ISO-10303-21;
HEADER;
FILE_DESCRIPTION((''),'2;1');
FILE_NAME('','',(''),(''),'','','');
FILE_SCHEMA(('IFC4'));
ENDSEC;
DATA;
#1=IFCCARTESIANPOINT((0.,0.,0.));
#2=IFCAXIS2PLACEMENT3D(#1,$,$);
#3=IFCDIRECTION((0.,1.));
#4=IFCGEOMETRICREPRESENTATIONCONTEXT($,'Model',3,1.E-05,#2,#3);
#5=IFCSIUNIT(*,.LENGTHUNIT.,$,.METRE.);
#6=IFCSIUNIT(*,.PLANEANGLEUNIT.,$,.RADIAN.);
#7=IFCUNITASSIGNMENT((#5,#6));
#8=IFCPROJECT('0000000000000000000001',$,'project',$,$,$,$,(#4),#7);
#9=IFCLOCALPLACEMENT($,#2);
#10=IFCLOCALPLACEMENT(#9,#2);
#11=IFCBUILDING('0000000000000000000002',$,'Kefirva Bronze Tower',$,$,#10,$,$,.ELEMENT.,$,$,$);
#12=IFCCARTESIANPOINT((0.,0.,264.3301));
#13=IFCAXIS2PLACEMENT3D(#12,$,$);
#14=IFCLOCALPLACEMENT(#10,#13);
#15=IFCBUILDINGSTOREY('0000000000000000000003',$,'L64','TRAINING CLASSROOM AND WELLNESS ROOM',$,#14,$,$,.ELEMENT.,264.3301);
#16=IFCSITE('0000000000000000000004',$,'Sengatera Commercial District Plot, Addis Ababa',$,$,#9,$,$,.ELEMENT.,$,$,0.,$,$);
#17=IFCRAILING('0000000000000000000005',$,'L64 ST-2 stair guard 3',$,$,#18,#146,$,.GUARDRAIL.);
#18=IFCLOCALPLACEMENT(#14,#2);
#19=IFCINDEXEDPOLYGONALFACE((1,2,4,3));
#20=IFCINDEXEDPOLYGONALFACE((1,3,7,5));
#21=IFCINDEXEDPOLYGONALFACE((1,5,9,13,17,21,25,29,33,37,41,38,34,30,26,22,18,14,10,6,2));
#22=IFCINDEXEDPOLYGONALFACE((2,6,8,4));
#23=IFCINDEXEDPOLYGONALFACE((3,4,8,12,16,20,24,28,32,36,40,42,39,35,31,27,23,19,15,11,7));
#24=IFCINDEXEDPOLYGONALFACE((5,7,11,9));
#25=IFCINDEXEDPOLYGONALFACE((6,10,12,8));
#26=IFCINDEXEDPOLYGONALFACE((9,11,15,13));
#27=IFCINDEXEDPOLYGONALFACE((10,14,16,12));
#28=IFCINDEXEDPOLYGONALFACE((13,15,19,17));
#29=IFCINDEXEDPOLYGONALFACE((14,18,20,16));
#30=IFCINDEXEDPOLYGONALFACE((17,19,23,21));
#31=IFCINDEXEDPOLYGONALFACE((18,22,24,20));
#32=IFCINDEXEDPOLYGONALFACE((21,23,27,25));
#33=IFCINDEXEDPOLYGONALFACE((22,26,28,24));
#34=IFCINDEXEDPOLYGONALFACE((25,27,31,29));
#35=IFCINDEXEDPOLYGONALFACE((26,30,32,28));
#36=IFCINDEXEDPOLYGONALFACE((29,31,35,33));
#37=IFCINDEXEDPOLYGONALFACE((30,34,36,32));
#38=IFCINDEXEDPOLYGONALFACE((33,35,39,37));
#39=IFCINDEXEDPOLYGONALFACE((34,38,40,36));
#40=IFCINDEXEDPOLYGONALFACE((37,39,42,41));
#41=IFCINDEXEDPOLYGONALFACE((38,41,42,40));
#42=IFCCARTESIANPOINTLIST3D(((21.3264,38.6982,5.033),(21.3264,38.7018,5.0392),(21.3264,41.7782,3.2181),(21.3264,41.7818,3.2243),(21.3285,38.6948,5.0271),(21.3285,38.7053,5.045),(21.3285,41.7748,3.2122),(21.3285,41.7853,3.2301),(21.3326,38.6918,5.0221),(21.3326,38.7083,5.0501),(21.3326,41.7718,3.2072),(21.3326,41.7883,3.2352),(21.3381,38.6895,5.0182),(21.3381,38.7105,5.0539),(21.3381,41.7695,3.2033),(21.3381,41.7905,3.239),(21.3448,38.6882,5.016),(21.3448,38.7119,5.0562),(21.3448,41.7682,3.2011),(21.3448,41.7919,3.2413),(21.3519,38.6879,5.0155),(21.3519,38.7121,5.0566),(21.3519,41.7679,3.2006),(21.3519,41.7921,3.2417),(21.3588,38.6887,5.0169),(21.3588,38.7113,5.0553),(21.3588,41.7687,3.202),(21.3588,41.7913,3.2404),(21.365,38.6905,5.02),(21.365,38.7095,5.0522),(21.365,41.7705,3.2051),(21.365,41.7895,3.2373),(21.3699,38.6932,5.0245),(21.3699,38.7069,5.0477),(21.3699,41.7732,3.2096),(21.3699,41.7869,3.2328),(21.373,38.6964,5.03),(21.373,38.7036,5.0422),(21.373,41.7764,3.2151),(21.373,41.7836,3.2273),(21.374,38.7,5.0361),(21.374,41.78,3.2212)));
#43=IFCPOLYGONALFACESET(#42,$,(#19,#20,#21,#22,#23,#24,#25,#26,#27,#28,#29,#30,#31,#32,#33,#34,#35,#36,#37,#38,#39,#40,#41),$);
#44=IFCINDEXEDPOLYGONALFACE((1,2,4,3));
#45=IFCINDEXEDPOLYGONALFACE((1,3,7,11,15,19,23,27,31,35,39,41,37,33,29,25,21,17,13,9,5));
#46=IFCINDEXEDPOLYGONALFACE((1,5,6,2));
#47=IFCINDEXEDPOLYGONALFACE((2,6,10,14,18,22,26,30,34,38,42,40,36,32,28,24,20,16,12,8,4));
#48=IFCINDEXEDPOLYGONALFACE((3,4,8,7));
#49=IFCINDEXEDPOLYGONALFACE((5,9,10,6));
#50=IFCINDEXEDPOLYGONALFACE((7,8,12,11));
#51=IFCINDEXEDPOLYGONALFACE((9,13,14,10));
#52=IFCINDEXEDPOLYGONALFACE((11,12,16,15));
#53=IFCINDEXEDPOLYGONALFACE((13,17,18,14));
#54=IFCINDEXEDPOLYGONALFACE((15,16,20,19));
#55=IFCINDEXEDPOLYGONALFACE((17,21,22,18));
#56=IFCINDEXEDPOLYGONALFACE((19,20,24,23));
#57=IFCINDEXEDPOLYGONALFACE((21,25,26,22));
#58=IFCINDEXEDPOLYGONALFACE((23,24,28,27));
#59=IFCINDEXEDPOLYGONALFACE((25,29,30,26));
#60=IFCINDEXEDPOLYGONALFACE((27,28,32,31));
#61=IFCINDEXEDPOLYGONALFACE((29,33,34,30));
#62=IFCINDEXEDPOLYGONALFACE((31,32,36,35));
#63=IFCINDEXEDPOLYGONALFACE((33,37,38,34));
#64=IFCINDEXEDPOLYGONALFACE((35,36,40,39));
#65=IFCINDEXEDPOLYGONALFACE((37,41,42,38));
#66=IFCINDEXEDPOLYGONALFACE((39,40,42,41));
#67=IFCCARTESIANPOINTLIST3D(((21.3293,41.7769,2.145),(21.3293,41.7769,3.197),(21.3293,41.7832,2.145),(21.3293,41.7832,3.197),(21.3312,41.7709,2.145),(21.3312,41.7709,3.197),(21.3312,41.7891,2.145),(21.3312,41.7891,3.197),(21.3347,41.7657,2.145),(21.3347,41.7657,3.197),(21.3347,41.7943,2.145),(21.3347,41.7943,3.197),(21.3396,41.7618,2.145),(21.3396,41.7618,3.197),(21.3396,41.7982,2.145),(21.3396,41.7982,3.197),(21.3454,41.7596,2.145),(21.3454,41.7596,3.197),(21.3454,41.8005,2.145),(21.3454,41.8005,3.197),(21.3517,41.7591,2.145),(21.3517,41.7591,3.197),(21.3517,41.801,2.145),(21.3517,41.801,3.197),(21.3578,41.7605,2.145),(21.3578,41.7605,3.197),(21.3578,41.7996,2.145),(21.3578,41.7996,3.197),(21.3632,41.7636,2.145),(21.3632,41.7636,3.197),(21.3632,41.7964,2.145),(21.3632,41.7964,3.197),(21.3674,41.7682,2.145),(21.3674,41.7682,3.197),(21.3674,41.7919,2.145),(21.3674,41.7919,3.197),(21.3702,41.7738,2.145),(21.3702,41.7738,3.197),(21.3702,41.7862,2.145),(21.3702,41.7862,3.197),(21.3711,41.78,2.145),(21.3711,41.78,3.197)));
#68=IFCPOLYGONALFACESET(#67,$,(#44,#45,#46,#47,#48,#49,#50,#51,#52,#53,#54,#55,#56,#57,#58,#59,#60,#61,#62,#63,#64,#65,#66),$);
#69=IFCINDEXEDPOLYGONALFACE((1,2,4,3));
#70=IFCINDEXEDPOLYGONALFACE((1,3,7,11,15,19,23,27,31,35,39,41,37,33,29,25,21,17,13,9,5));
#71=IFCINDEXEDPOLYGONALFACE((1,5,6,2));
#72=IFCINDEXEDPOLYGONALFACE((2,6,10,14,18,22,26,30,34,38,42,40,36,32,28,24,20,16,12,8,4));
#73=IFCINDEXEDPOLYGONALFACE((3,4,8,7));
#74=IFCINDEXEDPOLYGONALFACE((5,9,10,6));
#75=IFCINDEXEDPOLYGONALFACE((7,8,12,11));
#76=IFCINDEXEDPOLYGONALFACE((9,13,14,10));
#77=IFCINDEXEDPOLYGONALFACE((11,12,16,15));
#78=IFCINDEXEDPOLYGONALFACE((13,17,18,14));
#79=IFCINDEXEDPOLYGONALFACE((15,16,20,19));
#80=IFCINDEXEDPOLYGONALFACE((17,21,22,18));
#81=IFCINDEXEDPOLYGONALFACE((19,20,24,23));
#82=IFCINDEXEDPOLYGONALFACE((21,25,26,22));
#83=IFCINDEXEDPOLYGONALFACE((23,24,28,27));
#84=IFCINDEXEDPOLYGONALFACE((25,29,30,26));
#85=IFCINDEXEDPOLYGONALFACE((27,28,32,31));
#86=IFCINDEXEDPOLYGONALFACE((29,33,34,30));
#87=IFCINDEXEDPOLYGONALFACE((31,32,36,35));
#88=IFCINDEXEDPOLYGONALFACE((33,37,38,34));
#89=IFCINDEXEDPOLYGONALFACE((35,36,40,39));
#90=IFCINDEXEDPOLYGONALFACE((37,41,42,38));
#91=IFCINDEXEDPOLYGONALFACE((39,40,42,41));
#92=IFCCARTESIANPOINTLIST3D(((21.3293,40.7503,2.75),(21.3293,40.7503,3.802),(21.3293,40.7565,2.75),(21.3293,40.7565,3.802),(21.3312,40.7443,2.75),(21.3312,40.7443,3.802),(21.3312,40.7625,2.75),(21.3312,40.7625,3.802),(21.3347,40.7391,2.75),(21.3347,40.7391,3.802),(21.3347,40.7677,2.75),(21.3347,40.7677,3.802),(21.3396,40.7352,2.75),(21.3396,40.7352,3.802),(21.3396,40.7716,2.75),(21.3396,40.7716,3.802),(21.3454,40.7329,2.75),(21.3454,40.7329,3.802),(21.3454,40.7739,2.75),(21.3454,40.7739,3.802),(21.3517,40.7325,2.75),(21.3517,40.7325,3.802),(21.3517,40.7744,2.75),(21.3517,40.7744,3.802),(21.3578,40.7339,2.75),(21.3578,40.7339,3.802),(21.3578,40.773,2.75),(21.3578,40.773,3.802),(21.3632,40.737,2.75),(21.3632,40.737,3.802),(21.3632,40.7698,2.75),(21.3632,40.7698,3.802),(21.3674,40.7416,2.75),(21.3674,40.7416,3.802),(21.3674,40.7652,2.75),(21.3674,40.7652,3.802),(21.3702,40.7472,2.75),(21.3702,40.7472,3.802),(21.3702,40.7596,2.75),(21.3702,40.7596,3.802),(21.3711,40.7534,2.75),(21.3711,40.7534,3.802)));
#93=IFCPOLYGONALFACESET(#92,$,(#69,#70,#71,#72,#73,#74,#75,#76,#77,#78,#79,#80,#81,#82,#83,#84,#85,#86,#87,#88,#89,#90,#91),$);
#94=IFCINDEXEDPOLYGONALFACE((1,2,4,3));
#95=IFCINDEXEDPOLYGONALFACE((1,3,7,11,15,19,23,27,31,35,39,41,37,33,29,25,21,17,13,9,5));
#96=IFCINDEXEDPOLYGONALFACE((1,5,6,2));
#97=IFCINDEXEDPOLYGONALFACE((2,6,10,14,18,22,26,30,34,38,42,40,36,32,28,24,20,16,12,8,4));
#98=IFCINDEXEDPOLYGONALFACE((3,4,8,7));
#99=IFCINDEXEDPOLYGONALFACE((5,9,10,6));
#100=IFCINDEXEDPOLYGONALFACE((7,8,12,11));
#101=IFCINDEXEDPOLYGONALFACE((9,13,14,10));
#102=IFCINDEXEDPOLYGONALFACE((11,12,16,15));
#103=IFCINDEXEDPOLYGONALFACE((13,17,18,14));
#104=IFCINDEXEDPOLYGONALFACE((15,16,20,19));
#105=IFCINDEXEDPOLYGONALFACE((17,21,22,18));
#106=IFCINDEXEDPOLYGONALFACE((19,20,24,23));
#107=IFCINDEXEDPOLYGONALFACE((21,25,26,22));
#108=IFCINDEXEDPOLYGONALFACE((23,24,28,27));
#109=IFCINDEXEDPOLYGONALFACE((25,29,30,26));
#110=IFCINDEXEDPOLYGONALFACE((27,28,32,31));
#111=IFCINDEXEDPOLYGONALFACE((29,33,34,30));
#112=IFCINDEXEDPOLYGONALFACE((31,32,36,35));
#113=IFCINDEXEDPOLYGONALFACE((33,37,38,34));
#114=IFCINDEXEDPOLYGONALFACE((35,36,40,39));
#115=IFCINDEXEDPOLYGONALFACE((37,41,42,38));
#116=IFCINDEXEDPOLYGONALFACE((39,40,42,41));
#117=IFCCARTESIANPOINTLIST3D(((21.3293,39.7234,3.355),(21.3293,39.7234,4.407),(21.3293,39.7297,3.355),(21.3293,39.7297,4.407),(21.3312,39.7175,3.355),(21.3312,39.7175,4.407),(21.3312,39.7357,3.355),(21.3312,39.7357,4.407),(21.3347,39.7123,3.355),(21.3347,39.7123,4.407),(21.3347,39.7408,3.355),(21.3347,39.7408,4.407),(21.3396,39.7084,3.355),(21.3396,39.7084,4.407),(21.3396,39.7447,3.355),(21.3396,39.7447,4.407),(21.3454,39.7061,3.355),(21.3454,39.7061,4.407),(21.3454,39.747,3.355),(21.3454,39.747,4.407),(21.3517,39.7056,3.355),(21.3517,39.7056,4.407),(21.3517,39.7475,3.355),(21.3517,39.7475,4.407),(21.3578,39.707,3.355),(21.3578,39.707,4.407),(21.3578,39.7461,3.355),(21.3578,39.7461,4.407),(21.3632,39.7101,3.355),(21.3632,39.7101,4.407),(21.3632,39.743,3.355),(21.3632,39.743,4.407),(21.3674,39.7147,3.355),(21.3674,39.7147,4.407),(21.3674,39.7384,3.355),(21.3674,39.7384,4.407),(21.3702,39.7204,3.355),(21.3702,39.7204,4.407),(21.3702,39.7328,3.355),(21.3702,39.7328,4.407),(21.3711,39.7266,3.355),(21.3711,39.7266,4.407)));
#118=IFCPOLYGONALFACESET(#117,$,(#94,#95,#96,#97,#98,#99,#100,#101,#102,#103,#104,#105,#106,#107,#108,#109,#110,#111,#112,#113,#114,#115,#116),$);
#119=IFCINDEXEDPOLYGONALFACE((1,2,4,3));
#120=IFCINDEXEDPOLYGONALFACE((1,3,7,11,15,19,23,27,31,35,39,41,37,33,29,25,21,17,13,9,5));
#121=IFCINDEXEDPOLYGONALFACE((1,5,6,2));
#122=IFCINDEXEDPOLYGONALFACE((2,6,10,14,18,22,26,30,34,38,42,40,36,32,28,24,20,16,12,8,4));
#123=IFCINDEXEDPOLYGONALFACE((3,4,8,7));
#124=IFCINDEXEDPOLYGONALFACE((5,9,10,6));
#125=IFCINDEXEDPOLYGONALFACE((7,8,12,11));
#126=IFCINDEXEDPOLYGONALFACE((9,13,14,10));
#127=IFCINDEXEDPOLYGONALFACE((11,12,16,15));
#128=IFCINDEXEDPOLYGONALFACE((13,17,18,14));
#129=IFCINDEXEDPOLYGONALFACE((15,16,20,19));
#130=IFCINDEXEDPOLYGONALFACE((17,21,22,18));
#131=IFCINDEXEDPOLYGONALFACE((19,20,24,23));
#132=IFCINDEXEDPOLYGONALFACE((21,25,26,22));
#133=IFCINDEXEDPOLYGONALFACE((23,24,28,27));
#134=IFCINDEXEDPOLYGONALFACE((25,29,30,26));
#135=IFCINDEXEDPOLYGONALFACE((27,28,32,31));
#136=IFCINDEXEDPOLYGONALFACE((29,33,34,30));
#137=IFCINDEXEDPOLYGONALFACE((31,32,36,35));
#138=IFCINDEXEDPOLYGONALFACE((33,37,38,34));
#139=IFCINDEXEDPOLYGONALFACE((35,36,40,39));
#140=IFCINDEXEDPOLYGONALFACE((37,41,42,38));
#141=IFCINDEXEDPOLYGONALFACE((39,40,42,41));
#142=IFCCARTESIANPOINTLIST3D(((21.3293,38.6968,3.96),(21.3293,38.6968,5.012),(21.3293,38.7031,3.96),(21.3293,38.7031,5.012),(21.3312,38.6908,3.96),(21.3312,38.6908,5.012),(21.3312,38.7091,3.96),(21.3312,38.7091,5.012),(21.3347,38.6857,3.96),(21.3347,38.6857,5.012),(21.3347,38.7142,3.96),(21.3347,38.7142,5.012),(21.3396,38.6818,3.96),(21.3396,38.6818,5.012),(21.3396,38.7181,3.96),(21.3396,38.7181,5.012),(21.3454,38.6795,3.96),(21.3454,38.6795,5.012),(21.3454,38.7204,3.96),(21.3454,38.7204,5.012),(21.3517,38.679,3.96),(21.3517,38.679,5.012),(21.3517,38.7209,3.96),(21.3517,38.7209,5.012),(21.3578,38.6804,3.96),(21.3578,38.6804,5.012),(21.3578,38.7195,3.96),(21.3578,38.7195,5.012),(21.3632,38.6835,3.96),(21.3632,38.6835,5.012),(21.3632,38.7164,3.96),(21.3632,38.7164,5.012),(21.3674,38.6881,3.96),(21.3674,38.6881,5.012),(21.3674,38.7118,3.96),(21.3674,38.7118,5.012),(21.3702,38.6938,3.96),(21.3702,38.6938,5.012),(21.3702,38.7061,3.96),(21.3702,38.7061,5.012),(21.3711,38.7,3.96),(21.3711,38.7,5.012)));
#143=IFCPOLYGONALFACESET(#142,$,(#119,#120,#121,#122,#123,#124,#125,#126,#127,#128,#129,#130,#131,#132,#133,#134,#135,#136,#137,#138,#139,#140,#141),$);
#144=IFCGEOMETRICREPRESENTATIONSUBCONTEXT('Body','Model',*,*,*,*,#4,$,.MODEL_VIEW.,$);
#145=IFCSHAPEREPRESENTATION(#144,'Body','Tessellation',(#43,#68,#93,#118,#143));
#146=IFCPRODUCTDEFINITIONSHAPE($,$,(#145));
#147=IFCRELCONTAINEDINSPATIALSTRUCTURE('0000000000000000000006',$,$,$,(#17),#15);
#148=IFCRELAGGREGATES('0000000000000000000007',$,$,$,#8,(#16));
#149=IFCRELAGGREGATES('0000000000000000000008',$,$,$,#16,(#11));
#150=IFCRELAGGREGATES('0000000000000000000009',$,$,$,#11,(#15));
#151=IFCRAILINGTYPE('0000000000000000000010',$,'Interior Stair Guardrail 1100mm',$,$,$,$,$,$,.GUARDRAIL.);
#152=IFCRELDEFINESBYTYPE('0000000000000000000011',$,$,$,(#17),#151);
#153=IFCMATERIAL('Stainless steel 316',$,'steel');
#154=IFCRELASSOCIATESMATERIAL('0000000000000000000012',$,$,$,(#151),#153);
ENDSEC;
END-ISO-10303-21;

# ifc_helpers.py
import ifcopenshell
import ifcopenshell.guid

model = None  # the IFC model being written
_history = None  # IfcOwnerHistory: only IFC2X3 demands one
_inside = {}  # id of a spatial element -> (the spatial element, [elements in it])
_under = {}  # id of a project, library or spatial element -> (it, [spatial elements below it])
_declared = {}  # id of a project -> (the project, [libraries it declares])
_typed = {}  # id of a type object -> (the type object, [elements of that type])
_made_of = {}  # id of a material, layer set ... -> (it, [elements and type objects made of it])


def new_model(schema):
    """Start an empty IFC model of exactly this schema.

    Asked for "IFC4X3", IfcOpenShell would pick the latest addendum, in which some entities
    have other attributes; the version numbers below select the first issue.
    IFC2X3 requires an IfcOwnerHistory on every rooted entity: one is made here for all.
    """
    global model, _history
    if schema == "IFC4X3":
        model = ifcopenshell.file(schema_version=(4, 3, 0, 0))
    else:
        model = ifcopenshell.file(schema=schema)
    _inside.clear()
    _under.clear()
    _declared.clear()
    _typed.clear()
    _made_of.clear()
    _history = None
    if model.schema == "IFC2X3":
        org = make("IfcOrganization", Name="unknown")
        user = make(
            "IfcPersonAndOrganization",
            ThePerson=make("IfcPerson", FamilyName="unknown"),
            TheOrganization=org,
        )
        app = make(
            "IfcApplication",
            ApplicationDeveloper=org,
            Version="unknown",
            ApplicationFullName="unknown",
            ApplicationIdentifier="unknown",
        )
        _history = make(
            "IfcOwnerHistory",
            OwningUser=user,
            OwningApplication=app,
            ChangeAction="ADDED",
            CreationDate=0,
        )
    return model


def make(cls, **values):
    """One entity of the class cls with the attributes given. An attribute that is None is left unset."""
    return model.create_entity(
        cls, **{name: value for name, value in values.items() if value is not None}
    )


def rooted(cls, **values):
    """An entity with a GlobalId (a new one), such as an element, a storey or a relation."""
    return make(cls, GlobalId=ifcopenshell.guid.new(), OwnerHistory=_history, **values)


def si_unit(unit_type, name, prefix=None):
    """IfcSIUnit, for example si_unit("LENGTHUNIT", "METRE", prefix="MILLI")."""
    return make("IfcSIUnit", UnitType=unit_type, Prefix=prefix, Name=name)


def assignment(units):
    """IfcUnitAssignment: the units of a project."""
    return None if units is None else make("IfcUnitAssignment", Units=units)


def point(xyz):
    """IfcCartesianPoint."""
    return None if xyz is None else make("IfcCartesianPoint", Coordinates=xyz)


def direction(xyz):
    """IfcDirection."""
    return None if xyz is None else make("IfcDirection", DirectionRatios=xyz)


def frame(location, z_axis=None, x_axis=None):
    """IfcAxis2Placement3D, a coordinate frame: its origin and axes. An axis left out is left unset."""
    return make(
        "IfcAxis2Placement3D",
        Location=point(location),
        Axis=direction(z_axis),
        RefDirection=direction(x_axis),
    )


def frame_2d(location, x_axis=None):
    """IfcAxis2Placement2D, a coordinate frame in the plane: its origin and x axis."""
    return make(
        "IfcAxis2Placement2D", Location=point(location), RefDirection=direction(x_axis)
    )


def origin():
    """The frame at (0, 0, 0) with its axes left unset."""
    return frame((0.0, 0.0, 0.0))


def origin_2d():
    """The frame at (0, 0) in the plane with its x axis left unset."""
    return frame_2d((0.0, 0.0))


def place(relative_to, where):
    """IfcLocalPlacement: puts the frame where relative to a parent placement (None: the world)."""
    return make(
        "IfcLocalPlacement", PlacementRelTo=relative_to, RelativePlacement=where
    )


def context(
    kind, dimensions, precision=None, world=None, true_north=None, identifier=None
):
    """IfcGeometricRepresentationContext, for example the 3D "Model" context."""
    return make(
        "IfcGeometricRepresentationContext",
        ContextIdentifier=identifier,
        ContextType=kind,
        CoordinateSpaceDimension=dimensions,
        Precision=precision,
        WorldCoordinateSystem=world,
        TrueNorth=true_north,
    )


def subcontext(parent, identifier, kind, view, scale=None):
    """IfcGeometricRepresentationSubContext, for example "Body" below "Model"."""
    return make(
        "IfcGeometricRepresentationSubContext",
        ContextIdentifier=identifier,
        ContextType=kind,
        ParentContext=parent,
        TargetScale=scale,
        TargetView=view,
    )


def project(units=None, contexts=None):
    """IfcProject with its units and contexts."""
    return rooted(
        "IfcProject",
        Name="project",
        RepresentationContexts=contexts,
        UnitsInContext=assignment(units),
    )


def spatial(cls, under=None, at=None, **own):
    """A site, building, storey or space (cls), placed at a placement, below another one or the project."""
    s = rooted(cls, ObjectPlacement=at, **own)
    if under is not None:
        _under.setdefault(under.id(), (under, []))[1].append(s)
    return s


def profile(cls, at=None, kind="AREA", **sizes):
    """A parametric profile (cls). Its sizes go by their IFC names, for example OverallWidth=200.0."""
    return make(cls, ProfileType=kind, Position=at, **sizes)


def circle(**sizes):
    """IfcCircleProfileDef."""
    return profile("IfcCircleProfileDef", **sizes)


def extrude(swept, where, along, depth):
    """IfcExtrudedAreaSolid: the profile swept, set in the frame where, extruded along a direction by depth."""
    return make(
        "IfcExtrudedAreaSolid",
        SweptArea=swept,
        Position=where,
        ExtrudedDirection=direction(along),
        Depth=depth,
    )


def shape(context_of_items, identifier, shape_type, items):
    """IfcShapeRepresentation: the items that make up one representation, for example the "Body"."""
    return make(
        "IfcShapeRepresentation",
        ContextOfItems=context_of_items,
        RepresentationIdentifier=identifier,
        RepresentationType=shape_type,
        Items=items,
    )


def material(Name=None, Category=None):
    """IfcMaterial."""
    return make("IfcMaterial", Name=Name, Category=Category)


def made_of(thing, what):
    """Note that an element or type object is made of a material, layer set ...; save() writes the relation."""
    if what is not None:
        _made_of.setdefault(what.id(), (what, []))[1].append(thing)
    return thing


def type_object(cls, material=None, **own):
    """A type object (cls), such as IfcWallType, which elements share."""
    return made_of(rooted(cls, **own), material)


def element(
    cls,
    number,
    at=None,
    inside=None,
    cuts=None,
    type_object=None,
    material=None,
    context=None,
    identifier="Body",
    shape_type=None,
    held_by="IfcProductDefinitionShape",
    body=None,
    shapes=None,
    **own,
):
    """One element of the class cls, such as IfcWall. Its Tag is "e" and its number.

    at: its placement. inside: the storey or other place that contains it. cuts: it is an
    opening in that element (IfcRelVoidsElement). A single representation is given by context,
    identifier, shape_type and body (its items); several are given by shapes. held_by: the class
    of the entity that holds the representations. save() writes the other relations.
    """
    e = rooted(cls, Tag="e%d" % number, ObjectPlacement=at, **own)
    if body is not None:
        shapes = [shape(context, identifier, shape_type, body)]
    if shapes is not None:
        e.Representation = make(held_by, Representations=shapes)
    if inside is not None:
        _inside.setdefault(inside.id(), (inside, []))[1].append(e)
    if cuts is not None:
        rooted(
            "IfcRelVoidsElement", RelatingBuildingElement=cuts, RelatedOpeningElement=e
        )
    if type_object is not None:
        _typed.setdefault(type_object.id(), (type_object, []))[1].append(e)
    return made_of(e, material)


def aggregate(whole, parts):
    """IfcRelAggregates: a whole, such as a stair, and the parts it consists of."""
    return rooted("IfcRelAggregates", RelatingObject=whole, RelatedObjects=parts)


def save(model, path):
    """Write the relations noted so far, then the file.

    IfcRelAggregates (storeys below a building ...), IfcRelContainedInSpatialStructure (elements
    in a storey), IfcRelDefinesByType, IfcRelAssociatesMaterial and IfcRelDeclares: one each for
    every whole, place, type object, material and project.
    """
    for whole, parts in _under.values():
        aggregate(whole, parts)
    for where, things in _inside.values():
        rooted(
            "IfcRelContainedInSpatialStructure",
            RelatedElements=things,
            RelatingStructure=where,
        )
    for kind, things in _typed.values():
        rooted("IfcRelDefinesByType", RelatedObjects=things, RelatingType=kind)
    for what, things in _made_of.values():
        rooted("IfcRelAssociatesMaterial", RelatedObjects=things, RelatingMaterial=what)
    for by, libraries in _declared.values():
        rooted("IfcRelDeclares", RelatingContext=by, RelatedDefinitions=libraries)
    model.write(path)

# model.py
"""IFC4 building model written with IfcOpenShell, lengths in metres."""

from ifc_helpers import new_model, si_unit, direction, frame, origin, origin_2d, place, context, subcontext, project, spatial, circle, extrude, material, type_object, element, save


model = new_model("IFC4")

# Units and contexts
model_context = context("Model", 3, precision=1e-05, world=origin(), true_north=direction((0.0, 1.0)))
body_context = subcontext(model_context, "Body", "Model", "MODEL_VIEW")
ifc_project = project(units=[si_unit("LENGTHUNIT", "METRE"), si_unit("PLANEANGLEUNIT", "RADIAN")], contexts=[model_context])

# Site, building, storey
site_placement = place(None, origin())
site = spatial("IfcSite", under=ifc_project, at=site_placement, Name="Sengatera Commercial District Plot, Addis Ababa", CompositionType="ELEMENT", RefElevation=0.0)
building_placement = place(site_placement, origin())
building = spatial("IfcBuilding", under=site, at=building_placement, Name="Kefirva Bronze Tower", CompositionType="ELEMENT")
storey_placement = place(building_placement, frame((0.0, 0.0, 264.3301)))
storey = spatial("IfcBuildingStorey", under=building, at=storey_placement, Name="L64", Description="TRAINING CLASSROOM AND WELLNESS ROOM", CompositionType="ELEMENT", Elevation=264.3301)

# Railing
ifc_material_1 = material(Name="Stainless steel 316", Category="steel")
railing_type_1 = type_object("IfcRailingType", Name="Interior Stair Guardrail 1100mm", PredefinedType="GUARDRAIL", material=ifc_material_1)
railing_1_placement = place(storey_placement, frame((21.3501, 41.78, 2.145)))
element("IfcRailing", 1, at=railing_1_placement, inside=storey, type_object=railing_type_1, Name="L64 ST-2 stair guard 3", PredefinedType="GUARDRAIL", context=body_context, shape_type="SweptSolid", body=[
    extrude(circle(Radius=0.0239, at=origin_2d()), frame((0.0, 0.0, 1.0762), z_axis=(0.0, -0.861551, 0.507671), x_axis=(1.0, 0.0, 0.0)), (0.0, 0.0, 1.0), 3.575),
    extrude(circle(Radius=0.021, at=origin_2d()), origin(), (0.0, 0.0, 1.0), 1.052),
    extrude(circle(Radius=0.021, at=origin_2d()), frame((0.0, -1.0266, 0.605)), (0.0, 0.0, 1.0), 1.052),
    extrude(circle(Radius=0.021, at=origin_2d()), frame((0.0, -2.0535, 1.21)), (0.0, 0.0, 1.0), 1.052),
    extrude(circle(Radius=0.021, at=origin_2d()), frame((0.0, -3.0801, 1.8149)), (0.0, 0.0, 1.0), 1.052),
])

save(model, "model.ifc")
